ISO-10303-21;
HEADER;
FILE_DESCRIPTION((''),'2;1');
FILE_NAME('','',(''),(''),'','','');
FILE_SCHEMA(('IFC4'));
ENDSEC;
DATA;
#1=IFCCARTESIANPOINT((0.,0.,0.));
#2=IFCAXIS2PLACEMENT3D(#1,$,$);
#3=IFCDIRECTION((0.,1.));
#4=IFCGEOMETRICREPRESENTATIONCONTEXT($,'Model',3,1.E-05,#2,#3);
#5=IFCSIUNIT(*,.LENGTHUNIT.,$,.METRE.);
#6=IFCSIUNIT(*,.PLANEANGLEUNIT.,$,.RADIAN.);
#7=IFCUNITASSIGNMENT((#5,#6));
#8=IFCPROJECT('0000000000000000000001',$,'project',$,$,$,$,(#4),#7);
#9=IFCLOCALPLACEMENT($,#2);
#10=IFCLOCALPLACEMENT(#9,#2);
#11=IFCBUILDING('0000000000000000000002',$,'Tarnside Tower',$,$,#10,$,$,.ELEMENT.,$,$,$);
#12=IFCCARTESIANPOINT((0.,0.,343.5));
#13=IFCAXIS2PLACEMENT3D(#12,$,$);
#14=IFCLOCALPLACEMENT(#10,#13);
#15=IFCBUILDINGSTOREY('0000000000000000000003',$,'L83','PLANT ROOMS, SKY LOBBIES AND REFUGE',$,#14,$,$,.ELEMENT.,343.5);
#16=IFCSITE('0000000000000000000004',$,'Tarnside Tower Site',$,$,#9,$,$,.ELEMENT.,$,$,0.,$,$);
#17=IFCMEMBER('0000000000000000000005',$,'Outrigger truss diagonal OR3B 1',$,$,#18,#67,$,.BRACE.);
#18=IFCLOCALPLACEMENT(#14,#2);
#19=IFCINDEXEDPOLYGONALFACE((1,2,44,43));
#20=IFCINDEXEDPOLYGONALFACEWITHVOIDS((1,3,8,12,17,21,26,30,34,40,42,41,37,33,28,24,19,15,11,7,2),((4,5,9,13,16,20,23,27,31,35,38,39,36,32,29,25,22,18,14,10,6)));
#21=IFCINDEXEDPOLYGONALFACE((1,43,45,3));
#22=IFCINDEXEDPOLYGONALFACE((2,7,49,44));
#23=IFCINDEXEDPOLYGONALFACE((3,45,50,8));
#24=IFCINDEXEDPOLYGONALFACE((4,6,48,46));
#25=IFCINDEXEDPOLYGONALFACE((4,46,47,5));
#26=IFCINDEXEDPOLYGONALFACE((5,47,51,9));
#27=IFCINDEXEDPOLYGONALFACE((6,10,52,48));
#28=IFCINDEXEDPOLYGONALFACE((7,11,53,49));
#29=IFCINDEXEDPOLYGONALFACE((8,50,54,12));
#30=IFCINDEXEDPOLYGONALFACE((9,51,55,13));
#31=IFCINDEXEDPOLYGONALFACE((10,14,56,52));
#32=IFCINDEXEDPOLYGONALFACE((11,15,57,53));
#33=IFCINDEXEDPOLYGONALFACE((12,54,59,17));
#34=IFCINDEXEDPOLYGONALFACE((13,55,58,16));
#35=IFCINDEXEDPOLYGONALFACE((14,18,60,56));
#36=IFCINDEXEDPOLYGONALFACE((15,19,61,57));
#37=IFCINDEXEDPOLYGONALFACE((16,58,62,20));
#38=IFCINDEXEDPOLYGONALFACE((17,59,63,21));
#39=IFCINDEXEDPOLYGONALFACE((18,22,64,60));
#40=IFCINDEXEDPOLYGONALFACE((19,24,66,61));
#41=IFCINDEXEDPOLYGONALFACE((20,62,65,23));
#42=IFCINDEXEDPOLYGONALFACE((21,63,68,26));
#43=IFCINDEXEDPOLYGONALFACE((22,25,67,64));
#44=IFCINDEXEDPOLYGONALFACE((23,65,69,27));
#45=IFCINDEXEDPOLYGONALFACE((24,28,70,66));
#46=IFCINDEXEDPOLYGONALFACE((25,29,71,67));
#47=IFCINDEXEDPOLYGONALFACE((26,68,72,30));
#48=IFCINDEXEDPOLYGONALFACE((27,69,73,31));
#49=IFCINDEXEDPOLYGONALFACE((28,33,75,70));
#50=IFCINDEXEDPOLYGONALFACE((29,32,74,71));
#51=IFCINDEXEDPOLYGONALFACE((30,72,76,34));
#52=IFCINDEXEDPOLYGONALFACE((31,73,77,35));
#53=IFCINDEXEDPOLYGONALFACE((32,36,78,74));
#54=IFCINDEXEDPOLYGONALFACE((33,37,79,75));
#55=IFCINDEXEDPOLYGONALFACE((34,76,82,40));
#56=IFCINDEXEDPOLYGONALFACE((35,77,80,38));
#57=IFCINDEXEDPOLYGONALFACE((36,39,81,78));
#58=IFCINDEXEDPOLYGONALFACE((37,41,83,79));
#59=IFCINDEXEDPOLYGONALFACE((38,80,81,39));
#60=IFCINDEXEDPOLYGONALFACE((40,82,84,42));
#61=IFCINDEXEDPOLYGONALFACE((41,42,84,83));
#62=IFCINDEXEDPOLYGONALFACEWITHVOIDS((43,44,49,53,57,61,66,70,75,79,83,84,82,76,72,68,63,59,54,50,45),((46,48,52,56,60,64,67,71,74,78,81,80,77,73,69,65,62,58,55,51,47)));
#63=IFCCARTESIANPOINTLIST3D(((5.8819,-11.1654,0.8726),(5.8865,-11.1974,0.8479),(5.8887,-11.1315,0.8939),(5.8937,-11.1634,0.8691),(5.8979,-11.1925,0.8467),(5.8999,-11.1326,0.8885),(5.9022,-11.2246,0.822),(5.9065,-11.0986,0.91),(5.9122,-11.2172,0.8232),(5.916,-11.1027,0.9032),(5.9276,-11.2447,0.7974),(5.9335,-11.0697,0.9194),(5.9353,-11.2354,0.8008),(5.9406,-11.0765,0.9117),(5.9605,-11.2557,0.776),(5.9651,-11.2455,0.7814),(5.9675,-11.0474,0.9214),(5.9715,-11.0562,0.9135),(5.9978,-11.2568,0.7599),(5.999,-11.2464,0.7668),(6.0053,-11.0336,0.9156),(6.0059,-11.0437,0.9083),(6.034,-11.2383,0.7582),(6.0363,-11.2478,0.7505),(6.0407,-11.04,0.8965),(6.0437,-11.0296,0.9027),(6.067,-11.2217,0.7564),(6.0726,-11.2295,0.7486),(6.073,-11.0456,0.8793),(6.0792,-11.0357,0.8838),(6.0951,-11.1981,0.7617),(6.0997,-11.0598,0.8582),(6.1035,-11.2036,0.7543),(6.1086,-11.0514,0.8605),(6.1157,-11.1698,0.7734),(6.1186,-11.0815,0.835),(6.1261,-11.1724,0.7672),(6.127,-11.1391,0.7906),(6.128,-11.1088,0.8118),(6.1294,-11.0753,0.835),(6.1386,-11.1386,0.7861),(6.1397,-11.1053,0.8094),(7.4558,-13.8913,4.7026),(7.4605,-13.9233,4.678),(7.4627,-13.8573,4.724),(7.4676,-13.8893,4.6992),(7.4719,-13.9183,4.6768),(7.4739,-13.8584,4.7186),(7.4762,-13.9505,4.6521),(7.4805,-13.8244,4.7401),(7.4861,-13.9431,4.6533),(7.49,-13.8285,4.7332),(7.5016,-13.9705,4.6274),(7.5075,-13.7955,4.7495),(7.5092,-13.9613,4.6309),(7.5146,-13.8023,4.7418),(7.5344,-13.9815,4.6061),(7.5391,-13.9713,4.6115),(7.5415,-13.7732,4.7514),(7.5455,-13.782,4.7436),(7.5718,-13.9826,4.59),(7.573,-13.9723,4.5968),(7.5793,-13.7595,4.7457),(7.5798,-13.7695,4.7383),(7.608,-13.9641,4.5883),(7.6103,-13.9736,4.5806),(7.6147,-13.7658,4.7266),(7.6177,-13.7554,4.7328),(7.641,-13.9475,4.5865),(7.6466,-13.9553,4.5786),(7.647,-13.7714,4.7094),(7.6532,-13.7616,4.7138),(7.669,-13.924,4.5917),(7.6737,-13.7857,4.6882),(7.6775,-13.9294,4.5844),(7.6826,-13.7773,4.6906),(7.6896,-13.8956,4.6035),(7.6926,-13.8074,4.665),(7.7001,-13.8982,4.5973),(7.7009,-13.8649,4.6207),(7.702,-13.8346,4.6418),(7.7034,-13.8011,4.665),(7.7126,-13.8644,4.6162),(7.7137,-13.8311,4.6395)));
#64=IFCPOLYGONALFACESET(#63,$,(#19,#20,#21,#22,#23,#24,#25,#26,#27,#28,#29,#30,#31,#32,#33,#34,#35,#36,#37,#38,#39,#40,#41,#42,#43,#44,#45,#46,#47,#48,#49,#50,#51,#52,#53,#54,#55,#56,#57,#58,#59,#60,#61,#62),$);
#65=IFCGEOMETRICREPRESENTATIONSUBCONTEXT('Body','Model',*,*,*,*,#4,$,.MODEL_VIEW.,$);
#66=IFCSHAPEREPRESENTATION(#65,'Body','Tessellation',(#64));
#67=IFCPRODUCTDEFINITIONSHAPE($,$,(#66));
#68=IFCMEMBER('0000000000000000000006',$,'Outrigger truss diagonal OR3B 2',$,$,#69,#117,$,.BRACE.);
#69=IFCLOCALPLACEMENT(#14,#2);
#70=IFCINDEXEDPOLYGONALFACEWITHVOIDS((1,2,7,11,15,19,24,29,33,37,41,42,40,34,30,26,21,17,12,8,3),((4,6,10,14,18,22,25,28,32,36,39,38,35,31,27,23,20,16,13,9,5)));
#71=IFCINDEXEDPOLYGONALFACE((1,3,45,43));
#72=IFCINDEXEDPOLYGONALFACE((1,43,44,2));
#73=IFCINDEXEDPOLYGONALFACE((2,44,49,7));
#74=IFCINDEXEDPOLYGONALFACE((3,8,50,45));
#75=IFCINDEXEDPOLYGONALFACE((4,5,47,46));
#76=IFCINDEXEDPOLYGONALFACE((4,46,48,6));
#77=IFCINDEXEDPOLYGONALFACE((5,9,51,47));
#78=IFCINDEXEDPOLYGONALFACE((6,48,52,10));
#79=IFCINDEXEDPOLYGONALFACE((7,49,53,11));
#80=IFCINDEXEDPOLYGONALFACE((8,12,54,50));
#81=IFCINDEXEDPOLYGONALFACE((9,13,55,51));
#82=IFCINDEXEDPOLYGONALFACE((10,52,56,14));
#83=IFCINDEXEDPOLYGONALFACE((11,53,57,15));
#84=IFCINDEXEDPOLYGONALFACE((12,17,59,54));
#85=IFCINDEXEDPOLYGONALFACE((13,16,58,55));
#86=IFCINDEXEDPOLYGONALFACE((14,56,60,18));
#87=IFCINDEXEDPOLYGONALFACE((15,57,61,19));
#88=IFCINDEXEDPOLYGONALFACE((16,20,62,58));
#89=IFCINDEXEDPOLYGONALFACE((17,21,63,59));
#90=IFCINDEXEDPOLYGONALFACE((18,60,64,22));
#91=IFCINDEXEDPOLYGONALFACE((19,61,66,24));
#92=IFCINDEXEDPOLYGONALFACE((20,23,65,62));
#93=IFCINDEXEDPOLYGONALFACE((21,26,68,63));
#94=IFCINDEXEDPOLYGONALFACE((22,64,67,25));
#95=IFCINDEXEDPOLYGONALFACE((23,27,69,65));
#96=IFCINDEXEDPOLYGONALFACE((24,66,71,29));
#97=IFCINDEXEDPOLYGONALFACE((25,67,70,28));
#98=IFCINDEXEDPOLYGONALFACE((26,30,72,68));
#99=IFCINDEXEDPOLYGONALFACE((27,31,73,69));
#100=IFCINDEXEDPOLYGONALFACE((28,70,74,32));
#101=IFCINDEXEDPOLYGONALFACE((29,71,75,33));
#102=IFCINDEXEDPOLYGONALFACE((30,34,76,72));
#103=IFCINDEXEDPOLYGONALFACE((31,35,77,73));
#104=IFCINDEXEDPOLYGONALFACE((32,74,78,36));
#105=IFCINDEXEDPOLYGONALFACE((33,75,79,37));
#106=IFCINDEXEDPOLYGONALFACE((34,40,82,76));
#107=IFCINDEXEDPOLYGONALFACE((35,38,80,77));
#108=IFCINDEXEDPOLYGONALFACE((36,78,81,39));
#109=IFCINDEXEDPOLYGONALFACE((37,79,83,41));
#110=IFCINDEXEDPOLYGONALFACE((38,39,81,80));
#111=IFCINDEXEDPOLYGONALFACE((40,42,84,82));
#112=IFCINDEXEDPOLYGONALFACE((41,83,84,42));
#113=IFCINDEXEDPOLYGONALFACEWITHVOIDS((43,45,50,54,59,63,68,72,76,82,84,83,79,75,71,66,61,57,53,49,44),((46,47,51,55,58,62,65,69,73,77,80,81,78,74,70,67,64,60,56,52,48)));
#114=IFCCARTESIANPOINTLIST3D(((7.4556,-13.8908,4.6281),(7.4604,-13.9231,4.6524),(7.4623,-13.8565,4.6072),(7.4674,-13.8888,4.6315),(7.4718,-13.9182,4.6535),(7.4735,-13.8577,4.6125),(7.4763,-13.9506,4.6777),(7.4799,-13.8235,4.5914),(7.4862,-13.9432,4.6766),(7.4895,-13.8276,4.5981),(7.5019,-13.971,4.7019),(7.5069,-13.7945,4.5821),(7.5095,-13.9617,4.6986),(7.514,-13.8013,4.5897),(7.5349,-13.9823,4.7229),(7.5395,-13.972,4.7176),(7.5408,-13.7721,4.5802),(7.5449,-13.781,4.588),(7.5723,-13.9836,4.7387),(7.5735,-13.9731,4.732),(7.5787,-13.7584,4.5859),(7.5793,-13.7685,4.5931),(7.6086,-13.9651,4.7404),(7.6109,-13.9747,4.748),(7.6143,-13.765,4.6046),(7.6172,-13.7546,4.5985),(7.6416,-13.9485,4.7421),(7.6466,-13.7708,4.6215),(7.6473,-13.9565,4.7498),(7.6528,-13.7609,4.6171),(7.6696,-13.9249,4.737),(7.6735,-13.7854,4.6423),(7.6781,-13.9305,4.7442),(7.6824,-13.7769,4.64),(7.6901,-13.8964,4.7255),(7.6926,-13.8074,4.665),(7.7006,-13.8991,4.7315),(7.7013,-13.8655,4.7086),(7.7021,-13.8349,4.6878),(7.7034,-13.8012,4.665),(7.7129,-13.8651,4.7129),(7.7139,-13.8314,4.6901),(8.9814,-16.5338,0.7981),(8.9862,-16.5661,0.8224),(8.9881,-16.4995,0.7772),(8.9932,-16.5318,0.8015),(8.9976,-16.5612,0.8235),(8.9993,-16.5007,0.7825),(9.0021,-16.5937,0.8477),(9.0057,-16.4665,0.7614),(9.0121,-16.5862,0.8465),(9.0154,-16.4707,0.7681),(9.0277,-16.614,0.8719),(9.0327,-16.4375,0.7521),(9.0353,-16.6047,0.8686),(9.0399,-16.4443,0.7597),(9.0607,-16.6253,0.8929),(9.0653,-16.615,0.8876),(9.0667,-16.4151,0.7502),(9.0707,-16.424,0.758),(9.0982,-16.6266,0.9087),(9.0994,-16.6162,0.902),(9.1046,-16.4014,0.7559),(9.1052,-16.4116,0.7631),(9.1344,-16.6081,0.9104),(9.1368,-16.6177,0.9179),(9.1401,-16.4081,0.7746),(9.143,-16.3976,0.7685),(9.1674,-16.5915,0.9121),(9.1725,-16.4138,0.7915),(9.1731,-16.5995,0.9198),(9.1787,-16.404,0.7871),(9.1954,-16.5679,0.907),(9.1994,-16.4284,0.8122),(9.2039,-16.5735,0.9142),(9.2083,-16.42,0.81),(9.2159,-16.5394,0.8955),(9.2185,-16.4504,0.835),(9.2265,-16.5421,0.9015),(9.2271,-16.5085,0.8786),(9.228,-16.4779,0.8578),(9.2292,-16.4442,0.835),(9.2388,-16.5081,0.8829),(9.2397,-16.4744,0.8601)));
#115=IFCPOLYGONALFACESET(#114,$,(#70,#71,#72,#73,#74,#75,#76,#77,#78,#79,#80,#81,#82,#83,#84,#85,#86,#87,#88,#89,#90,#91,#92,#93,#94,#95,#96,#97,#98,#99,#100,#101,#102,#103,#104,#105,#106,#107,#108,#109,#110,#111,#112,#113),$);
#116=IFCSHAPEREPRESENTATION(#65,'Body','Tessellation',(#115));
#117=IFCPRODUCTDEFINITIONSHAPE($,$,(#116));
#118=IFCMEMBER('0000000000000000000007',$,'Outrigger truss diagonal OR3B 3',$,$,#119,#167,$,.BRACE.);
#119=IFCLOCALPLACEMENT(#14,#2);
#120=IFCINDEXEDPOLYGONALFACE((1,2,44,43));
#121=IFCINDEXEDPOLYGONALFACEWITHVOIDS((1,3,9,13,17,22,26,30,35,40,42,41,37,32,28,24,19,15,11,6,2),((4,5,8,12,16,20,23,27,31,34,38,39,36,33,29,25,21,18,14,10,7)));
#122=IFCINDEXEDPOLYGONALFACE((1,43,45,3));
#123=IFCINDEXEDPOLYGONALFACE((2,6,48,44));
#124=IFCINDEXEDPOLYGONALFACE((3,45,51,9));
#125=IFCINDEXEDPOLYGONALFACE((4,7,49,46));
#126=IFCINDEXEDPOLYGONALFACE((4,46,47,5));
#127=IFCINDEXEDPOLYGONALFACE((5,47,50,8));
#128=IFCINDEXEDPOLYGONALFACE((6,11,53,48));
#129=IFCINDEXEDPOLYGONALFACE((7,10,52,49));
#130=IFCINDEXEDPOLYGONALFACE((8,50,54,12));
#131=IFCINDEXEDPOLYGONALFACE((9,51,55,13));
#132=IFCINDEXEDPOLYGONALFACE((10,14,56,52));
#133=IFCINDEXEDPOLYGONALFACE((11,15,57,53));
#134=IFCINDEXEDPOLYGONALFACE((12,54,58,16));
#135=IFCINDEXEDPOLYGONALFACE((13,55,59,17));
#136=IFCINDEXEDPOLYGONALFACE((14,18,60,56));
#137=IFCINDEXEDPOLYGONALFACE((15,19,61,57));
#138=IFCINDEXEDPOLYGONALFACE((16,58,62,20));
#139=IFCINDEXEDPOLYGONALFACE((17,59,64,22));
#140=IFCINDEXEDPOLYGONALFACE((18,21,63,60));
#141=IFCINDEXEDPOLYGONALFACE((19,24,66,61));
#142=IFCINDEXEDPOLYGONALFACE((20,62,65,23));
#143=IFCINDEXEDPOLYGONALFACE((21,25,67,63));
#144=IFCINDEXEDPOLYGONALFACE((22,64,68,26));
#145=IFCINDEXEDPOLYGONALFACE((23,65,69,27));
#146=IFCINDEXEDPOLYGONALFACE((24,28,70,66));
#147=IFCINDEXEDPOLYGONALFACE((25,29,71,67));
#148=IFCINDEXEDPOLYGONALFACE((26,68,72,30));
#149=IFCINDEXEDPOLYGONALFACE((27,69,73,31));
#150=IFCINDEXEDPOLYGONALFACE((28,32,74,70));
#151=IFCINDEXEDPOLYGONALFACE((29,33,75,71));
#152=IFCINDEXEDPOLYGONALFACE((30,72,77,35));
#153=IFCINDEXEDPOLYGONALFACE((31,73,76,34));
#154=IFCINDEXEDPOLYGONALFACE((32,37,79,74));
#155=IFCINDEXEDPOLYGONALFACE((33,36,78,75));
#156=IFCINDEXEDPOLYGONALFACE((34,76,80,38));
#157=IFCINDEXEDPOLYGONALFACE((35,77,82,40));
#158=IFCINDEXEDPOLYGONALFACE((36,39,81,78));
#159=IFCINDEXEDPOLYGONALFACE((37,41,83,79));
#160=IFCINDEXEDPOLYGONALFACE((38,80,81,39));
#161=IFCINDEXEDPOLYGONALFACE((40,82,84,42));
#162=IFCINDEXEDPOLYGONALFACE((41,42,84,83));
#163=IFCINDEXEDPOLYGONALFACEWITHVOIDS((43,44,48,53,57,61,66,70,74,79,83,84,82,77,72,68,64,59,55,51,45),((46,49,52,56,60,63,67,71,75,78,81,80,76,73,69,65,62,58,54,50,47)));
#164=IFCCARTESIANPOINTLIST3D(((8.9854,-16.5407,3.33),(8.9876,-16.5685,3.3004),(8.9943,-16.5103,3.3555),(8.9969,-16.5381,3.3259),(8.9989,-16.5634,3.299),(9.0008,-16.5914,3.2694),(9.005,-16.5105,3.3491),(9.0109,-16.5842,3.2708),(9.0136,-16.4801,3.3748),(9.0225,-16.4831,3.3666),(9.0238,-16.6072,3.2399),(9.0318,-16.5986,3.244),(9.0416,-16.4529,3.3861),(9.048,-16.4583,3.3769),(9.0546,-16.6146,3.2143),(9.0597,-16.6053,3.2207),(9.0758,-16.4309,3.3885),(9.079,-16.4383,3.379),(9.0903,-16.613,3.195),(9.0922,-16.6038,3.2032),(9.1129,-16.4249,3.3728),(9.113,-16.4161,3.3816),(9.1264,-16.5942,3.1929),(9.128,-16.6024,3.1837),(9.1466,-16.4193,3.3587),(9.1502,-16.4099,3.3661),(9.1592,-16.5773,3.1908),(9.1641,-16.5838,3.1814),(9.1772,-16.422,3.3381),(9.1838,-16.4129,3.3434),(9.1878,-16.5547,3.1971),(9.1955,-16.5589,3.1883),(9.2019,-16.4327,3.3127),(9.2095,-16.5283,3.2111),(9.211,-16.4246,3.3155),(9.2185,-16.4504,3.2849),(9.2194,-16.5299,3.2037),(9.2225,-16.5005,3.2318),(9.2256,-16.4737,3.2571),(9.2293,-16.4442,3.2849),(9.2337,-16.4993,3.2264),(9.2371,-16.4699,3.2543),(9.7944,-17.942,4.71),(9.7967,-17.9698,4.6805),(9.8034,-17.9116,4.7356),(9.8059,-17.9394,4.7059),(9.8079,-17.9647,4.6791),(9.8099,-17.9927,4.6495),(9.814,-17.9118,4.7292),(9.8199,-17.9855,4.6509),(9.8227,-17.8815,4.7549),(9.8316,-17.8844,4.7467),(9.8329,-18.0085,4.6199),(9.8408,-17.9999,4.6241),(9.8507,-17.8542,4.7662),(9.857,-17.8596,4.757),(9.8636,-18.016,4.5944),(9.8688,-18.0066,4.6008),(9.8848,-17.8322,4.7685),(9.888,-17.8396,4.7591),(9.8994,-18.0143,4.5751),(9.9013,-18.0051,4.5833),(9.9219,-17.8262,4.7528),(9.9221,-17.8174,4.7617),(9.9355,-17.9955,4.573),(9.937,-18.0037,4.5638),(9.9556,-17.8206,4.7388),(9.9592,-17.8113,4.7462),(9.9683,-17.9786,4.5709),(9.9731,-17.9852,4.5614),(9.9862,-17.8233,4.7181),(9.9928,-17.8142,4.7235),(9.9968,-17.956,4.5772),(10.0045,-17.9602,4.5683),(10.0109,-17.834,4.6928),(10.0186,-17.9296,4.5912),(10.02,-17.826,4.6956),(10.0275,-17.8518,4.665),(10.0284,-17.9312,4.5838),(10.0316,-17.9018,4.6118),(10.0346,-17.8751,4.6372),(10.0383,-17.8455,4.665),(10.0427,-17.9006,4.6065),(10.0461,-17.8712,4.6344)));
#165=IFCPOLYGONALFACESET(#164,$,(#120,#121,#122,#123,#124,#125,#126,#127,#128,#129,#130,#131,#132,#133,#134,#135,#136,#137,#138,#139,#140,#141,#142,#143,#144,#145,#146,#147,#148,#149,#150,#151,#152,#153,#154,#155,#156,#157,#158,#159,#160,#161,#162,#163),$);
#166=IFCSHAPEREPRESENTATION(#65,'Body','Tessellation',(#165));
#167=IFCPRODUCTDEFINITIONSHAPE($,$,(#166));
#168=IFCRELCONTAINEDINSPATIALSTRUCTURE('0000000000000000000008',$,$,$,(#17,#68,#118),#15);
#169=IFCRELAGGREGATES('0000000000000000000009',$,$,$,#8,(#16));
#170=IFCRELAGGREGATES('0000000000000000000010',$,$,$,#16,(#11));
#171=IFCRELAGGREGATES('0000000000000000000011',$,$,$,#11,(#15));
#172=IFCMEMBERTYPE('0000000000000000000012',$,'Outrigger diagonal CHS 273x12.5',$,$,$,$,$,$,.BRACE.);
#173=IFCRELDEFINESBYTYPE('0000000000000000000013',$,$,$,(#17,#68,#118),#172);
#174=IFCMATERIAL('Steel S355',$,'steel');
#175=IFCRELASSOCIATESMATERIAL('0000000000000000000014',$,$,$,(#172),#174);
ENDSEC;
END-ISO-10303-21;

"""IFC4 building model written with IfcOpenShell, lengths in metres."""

from ifc_helpers import new_model, si_unit, direction, frame, origin, origin_2d, place, context, subcontext, project, spatial, hollow_circle, extrude, material, material_profile, profile_set, type_object, element, save


model = new_model("IFC4")

# Units and contexts
model_context = context("Model", 3, precision=1e-05, world=origin(), true_north=direction((0.0, 1.0)))
body_context = subcontext(model_context, "Body", "Model", "MODEL_VIEW")
ifc_project = project(units=[si_unit("LENGTHUNIT", "METRE"), si_unit("PLANEANGLEUNIT", "RADIAN")], contexts=[model_context])

# Site, building, storey
site_placement = place(None, origin())
site = spatial("IfcSite", under=ifc_project, at=site_placement, Name="Tarnside Tower Site", CompositionType="ELEMENT", RefElevation=0.0)
building_placement = place(site_placement, origin())
building = spatial("IfcBuilding", under=site, at=building_placement, Name="Tarnside Tower", CompositionType="ELEMENT")
storey_placement = place(building_placement, frame((0.0, 0.0, 343.5)))
storey = spatial("IfcBuildingStorey", under=building, at=storey_placement, Name="L83", Description="PLANT ROOMS, SKY LOBBIES AND REFUGE", CompositionType="ELEMENT", Elevation=343.5)

# Members
ifc_material = material(Name="Steel S355", Category="steel")
ifc_material_profile_1 = material_profile(ifc_material, hollow_circle(Radius=0.1365, WallThickness=0.0125, at=origin_2d()), Name="CHS 273x12.5")
ifc_profile_set_1 = profile_set([ifc_material_profile_1], Name="Steel S355")
member_type_1 = type_object("IfcMemberType", Name="Outrigger diagonal CHS 273x12.5", PredefinedType="BRACE", material=ifc_profile_set_1)
member_1_placement = place(storey_placement, frame((6.0112, -11.1436, 0.835), z_axis=(0.317492, -0.549837, 0.772579), x_axis=(0.865996, 0.500051, 0.0)))
element("IfcMember", 1, at=member_1_placement, inside=storey, type_object=member_type_1, Name="Outrigger truss diagonal OR3B 1", PredefinedType="BRACE", context=body_context, shape_type="SweptSolid", body=[
    extrude(hollow_circle(Radius=0.1365, WallThickness=0.0125, at=origin_2d()), origin(), (0.0, 0.0, 1.0), 4.9575),
])
member_2_placement = place(storey_placement, frame((7.5852, -13.8694, 4.665), z_axis=(0.311575, -0.539698, -0.782079), x_axis=(0.866039, 0.499976, 0.0)))
element("IfcMember", 2, at=member_2_placement, inside=storey, type_object=member_type_1, Name="Outrigger truss diagonal OR3B 2", PredefinedType="BRACE", context=body_context, shape_type="SweptSolid", body=[
    extrude(hollow_circle(Radius=0.1365, WallThickness=0.0125, at=origin_2d()), origin(), (0.0, 0.0, 1.0), 4.8972),
])
member_3_placement = place(storey_placement, frame((9.1111, -16.5125, 3.2849), z_axis=(0.380426, -0.658915, 0.648928), x_axis=(0.866025, 0.500001, 0.0)))
element("IfcMember", 3, at=member_3_placement, inside=storey, type_object=member_type_1, Name="Outrigger truss diagonal OR3B 3", PredefinedType="BRACE", context=body_context, shape_type="SweptSolid", body=[
    extrude(hollow_circle(Radius=0.1365, WallThickness=0.0125, at=origin_2d()), origin(), (0.0, 0.0, 1.0), 2.1267),
])

save(model, "model.ifc")
